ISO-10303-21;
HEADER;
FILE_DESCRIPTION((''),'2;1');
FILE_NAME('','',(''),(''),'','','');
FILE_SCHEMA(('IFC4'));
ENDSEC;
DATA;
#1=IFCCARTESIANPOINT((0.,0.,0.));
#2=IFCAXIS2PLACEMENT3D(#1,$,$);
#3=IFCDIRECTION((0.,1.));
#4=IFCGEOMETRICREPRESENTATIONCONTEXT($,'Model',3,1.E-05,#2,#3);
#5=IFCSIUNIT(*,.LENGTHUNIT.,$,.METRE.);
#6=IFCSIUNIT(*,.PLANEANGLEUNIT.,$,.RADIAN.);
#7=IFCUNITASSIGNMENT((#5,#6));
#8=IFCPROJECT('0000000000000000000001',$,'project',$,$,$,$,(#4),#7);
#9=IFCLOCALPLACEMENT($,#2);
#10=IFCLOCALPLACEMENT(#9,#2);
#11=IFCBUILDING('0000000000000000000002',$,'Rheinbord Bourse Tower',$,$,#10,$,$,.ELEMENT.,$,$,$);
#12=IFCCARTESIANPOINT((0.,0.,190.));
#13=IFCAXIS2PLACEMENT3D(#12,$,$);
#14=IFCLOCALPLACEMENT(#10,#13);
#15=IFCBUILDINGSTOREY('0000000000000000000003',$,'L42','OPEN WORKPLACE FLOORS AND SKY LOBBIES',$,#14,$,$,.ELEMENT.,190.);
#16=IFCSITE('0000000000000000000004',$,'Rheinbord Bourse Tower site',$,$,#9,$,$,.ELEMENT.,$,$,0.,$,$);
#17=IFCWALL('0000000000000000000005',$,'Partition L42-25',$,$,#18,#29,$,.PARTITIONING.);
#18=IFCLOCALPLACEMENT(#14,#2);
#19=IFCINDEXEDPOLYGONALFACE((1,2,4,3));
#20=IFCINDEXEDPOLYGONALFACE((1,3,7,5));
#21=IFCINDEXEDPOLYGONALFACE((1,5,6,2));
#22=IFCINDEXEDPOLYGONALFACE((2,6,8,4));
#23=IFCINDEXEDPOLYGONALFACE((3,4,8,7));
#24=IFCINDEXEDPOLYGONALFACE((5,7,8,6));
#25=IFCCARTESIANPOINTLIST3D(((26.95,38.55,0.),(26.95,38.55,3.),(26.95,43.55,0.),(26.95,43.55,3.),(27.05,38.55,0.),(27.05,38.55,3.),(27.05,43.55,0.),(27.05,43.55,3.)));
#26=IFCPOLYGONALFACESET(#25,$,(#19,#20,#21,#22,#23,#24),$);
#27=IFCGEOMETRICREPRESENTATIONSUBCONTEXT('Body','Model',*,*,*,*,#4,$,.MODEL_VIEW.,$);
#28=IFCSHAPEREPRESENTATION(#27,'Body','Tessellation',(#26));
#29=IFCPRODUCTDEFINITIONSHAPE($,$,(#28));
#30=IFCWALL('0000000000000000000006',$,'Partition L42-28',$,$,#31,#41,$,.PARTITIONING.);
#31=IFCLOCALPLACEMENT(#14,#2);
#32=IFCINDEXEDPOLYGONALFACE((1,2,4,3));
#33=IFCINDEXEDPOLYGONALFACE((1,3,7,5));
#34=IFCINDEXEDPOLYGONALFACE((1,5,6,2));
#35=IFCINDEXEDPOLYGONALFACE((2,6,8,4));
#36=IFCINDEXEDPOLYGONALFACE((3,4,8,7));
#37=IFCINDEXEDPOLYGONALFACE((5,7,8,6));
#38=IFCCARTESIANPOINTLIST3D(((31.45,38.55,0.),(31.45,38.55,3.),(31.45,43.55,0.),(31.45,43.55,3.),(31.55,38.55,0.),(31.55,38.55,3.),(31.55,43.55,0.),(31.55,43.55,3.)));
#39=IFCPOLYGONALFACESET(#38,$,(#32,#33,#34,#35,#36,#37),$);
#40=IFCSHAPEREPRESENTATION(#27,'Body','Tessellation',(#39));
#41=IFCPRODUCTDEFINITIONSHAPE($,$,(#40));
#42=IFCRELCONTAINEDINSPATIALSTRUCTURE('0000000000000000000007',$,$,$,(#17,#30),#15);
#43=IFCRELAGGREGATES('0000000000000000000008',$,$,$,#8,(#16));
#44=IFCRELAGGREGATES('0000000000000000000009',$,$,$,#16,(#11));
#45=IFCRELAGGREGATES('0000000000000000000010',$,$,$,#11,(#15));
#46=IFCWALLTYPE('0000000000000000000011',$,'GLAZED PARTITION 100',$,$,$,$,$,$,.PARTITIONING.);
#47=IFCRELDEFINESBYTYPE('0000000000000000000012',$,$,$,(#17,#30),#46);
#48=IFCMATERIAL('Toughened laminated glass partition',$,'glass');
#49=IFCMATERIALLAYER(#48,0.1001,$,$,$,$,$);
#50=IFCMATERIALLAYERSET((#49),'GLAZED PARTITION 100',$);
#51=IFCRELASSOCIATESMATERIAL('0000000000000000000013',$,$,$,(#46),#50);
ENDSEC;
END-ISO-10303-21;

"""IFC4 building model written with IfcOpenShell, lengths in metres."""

from ifc_helpers import new_model, si_unit, direction, frame, frame_2d, origin, place, context, subcontext, project, spatial, rectangle, extrude, material, layer, layer_set, type_object, element, save


model = new_model("IFC4")

# Units and contexts
model_context = context("Model", 3, precision=1e-05, world=origin(), true_north=direction((0.0, 1.0)))
body_context = subcontext(model_context, "Body", "Model", "MODEL_VIEW")
ifc_project = project(units=[si_unit("LENGTHUNIT", "METRE"), si_unit("PLANEANGLEUNIT", "RADIAN")], contexts=[model_context])

# Site, building, storey
site_placement = place(None, origin())
site = spatial("IfcSite", under=ifc_project, at=site_placement, Name="Rheinbord Bourse Tower site", CompositionType="ELEMENT", RefElevation=0.0)
building_placement = place(site_placement, origin())
building = spatial("IfcBuilding", under=site, at=building_placement, Name="Rheinbord Bourse Tower", CompositionType="ELEMENT")
storey_placement = place(building_placement, frame((0.0, 0.0, 190.0)))
storey = spatial("IfcBuildingStorey", under=building, at=storey_placement, Name="L42", Description="OPEN WORKPLACE FLOORS AND SKY LOBBIES", CompositionType="ELEMENT", Elevation=190.0)

# Walls
ifc_material_1 = material(Name="Toughened laminated glass partition", Category="glass")
ifc_layer_1 = layer(ifc_material_1, 0.1001)
ifc_layer_set_1 = layer_set([ifc_layer_1], Name="GLAZED PARTITION 100")
wall_type = type_object("IfcWallType", Name="GLAZED PARTITION 100", PredefinedType="PARTITIONING", material=ifc_layer_set_1)
for number, where, z_axis, x_axis, name in (
    (1, (27.0, 38.55, 0.0), (0.0, 0.0, 1.0), (0.0, 1.0, 0.0), "Partition L42-25"),
    (2, (31.5, 38.55, 0.0), (0.0, 0.0, 1.0), (0.0, 1.0, 0.0), "Partition L42-28"),
):
    element("IfcWall", number, at=place(storey_placement, frame(where, z_axis=z_axis, x_axis=x_axis)), inside=storey, type_object=wall_type, Name=name, PredefinedType="PARTITIONING", context=body_context, shape_type="SweptSolid", body=[
        extrude(rectangle(XDim=5.0, YDim=0.1001, at=frame_2d((2.5, 0.0))), origin(), (0.0, 0.0, 1.0), 3.0),
    ])

save(model, "model.ifc")
